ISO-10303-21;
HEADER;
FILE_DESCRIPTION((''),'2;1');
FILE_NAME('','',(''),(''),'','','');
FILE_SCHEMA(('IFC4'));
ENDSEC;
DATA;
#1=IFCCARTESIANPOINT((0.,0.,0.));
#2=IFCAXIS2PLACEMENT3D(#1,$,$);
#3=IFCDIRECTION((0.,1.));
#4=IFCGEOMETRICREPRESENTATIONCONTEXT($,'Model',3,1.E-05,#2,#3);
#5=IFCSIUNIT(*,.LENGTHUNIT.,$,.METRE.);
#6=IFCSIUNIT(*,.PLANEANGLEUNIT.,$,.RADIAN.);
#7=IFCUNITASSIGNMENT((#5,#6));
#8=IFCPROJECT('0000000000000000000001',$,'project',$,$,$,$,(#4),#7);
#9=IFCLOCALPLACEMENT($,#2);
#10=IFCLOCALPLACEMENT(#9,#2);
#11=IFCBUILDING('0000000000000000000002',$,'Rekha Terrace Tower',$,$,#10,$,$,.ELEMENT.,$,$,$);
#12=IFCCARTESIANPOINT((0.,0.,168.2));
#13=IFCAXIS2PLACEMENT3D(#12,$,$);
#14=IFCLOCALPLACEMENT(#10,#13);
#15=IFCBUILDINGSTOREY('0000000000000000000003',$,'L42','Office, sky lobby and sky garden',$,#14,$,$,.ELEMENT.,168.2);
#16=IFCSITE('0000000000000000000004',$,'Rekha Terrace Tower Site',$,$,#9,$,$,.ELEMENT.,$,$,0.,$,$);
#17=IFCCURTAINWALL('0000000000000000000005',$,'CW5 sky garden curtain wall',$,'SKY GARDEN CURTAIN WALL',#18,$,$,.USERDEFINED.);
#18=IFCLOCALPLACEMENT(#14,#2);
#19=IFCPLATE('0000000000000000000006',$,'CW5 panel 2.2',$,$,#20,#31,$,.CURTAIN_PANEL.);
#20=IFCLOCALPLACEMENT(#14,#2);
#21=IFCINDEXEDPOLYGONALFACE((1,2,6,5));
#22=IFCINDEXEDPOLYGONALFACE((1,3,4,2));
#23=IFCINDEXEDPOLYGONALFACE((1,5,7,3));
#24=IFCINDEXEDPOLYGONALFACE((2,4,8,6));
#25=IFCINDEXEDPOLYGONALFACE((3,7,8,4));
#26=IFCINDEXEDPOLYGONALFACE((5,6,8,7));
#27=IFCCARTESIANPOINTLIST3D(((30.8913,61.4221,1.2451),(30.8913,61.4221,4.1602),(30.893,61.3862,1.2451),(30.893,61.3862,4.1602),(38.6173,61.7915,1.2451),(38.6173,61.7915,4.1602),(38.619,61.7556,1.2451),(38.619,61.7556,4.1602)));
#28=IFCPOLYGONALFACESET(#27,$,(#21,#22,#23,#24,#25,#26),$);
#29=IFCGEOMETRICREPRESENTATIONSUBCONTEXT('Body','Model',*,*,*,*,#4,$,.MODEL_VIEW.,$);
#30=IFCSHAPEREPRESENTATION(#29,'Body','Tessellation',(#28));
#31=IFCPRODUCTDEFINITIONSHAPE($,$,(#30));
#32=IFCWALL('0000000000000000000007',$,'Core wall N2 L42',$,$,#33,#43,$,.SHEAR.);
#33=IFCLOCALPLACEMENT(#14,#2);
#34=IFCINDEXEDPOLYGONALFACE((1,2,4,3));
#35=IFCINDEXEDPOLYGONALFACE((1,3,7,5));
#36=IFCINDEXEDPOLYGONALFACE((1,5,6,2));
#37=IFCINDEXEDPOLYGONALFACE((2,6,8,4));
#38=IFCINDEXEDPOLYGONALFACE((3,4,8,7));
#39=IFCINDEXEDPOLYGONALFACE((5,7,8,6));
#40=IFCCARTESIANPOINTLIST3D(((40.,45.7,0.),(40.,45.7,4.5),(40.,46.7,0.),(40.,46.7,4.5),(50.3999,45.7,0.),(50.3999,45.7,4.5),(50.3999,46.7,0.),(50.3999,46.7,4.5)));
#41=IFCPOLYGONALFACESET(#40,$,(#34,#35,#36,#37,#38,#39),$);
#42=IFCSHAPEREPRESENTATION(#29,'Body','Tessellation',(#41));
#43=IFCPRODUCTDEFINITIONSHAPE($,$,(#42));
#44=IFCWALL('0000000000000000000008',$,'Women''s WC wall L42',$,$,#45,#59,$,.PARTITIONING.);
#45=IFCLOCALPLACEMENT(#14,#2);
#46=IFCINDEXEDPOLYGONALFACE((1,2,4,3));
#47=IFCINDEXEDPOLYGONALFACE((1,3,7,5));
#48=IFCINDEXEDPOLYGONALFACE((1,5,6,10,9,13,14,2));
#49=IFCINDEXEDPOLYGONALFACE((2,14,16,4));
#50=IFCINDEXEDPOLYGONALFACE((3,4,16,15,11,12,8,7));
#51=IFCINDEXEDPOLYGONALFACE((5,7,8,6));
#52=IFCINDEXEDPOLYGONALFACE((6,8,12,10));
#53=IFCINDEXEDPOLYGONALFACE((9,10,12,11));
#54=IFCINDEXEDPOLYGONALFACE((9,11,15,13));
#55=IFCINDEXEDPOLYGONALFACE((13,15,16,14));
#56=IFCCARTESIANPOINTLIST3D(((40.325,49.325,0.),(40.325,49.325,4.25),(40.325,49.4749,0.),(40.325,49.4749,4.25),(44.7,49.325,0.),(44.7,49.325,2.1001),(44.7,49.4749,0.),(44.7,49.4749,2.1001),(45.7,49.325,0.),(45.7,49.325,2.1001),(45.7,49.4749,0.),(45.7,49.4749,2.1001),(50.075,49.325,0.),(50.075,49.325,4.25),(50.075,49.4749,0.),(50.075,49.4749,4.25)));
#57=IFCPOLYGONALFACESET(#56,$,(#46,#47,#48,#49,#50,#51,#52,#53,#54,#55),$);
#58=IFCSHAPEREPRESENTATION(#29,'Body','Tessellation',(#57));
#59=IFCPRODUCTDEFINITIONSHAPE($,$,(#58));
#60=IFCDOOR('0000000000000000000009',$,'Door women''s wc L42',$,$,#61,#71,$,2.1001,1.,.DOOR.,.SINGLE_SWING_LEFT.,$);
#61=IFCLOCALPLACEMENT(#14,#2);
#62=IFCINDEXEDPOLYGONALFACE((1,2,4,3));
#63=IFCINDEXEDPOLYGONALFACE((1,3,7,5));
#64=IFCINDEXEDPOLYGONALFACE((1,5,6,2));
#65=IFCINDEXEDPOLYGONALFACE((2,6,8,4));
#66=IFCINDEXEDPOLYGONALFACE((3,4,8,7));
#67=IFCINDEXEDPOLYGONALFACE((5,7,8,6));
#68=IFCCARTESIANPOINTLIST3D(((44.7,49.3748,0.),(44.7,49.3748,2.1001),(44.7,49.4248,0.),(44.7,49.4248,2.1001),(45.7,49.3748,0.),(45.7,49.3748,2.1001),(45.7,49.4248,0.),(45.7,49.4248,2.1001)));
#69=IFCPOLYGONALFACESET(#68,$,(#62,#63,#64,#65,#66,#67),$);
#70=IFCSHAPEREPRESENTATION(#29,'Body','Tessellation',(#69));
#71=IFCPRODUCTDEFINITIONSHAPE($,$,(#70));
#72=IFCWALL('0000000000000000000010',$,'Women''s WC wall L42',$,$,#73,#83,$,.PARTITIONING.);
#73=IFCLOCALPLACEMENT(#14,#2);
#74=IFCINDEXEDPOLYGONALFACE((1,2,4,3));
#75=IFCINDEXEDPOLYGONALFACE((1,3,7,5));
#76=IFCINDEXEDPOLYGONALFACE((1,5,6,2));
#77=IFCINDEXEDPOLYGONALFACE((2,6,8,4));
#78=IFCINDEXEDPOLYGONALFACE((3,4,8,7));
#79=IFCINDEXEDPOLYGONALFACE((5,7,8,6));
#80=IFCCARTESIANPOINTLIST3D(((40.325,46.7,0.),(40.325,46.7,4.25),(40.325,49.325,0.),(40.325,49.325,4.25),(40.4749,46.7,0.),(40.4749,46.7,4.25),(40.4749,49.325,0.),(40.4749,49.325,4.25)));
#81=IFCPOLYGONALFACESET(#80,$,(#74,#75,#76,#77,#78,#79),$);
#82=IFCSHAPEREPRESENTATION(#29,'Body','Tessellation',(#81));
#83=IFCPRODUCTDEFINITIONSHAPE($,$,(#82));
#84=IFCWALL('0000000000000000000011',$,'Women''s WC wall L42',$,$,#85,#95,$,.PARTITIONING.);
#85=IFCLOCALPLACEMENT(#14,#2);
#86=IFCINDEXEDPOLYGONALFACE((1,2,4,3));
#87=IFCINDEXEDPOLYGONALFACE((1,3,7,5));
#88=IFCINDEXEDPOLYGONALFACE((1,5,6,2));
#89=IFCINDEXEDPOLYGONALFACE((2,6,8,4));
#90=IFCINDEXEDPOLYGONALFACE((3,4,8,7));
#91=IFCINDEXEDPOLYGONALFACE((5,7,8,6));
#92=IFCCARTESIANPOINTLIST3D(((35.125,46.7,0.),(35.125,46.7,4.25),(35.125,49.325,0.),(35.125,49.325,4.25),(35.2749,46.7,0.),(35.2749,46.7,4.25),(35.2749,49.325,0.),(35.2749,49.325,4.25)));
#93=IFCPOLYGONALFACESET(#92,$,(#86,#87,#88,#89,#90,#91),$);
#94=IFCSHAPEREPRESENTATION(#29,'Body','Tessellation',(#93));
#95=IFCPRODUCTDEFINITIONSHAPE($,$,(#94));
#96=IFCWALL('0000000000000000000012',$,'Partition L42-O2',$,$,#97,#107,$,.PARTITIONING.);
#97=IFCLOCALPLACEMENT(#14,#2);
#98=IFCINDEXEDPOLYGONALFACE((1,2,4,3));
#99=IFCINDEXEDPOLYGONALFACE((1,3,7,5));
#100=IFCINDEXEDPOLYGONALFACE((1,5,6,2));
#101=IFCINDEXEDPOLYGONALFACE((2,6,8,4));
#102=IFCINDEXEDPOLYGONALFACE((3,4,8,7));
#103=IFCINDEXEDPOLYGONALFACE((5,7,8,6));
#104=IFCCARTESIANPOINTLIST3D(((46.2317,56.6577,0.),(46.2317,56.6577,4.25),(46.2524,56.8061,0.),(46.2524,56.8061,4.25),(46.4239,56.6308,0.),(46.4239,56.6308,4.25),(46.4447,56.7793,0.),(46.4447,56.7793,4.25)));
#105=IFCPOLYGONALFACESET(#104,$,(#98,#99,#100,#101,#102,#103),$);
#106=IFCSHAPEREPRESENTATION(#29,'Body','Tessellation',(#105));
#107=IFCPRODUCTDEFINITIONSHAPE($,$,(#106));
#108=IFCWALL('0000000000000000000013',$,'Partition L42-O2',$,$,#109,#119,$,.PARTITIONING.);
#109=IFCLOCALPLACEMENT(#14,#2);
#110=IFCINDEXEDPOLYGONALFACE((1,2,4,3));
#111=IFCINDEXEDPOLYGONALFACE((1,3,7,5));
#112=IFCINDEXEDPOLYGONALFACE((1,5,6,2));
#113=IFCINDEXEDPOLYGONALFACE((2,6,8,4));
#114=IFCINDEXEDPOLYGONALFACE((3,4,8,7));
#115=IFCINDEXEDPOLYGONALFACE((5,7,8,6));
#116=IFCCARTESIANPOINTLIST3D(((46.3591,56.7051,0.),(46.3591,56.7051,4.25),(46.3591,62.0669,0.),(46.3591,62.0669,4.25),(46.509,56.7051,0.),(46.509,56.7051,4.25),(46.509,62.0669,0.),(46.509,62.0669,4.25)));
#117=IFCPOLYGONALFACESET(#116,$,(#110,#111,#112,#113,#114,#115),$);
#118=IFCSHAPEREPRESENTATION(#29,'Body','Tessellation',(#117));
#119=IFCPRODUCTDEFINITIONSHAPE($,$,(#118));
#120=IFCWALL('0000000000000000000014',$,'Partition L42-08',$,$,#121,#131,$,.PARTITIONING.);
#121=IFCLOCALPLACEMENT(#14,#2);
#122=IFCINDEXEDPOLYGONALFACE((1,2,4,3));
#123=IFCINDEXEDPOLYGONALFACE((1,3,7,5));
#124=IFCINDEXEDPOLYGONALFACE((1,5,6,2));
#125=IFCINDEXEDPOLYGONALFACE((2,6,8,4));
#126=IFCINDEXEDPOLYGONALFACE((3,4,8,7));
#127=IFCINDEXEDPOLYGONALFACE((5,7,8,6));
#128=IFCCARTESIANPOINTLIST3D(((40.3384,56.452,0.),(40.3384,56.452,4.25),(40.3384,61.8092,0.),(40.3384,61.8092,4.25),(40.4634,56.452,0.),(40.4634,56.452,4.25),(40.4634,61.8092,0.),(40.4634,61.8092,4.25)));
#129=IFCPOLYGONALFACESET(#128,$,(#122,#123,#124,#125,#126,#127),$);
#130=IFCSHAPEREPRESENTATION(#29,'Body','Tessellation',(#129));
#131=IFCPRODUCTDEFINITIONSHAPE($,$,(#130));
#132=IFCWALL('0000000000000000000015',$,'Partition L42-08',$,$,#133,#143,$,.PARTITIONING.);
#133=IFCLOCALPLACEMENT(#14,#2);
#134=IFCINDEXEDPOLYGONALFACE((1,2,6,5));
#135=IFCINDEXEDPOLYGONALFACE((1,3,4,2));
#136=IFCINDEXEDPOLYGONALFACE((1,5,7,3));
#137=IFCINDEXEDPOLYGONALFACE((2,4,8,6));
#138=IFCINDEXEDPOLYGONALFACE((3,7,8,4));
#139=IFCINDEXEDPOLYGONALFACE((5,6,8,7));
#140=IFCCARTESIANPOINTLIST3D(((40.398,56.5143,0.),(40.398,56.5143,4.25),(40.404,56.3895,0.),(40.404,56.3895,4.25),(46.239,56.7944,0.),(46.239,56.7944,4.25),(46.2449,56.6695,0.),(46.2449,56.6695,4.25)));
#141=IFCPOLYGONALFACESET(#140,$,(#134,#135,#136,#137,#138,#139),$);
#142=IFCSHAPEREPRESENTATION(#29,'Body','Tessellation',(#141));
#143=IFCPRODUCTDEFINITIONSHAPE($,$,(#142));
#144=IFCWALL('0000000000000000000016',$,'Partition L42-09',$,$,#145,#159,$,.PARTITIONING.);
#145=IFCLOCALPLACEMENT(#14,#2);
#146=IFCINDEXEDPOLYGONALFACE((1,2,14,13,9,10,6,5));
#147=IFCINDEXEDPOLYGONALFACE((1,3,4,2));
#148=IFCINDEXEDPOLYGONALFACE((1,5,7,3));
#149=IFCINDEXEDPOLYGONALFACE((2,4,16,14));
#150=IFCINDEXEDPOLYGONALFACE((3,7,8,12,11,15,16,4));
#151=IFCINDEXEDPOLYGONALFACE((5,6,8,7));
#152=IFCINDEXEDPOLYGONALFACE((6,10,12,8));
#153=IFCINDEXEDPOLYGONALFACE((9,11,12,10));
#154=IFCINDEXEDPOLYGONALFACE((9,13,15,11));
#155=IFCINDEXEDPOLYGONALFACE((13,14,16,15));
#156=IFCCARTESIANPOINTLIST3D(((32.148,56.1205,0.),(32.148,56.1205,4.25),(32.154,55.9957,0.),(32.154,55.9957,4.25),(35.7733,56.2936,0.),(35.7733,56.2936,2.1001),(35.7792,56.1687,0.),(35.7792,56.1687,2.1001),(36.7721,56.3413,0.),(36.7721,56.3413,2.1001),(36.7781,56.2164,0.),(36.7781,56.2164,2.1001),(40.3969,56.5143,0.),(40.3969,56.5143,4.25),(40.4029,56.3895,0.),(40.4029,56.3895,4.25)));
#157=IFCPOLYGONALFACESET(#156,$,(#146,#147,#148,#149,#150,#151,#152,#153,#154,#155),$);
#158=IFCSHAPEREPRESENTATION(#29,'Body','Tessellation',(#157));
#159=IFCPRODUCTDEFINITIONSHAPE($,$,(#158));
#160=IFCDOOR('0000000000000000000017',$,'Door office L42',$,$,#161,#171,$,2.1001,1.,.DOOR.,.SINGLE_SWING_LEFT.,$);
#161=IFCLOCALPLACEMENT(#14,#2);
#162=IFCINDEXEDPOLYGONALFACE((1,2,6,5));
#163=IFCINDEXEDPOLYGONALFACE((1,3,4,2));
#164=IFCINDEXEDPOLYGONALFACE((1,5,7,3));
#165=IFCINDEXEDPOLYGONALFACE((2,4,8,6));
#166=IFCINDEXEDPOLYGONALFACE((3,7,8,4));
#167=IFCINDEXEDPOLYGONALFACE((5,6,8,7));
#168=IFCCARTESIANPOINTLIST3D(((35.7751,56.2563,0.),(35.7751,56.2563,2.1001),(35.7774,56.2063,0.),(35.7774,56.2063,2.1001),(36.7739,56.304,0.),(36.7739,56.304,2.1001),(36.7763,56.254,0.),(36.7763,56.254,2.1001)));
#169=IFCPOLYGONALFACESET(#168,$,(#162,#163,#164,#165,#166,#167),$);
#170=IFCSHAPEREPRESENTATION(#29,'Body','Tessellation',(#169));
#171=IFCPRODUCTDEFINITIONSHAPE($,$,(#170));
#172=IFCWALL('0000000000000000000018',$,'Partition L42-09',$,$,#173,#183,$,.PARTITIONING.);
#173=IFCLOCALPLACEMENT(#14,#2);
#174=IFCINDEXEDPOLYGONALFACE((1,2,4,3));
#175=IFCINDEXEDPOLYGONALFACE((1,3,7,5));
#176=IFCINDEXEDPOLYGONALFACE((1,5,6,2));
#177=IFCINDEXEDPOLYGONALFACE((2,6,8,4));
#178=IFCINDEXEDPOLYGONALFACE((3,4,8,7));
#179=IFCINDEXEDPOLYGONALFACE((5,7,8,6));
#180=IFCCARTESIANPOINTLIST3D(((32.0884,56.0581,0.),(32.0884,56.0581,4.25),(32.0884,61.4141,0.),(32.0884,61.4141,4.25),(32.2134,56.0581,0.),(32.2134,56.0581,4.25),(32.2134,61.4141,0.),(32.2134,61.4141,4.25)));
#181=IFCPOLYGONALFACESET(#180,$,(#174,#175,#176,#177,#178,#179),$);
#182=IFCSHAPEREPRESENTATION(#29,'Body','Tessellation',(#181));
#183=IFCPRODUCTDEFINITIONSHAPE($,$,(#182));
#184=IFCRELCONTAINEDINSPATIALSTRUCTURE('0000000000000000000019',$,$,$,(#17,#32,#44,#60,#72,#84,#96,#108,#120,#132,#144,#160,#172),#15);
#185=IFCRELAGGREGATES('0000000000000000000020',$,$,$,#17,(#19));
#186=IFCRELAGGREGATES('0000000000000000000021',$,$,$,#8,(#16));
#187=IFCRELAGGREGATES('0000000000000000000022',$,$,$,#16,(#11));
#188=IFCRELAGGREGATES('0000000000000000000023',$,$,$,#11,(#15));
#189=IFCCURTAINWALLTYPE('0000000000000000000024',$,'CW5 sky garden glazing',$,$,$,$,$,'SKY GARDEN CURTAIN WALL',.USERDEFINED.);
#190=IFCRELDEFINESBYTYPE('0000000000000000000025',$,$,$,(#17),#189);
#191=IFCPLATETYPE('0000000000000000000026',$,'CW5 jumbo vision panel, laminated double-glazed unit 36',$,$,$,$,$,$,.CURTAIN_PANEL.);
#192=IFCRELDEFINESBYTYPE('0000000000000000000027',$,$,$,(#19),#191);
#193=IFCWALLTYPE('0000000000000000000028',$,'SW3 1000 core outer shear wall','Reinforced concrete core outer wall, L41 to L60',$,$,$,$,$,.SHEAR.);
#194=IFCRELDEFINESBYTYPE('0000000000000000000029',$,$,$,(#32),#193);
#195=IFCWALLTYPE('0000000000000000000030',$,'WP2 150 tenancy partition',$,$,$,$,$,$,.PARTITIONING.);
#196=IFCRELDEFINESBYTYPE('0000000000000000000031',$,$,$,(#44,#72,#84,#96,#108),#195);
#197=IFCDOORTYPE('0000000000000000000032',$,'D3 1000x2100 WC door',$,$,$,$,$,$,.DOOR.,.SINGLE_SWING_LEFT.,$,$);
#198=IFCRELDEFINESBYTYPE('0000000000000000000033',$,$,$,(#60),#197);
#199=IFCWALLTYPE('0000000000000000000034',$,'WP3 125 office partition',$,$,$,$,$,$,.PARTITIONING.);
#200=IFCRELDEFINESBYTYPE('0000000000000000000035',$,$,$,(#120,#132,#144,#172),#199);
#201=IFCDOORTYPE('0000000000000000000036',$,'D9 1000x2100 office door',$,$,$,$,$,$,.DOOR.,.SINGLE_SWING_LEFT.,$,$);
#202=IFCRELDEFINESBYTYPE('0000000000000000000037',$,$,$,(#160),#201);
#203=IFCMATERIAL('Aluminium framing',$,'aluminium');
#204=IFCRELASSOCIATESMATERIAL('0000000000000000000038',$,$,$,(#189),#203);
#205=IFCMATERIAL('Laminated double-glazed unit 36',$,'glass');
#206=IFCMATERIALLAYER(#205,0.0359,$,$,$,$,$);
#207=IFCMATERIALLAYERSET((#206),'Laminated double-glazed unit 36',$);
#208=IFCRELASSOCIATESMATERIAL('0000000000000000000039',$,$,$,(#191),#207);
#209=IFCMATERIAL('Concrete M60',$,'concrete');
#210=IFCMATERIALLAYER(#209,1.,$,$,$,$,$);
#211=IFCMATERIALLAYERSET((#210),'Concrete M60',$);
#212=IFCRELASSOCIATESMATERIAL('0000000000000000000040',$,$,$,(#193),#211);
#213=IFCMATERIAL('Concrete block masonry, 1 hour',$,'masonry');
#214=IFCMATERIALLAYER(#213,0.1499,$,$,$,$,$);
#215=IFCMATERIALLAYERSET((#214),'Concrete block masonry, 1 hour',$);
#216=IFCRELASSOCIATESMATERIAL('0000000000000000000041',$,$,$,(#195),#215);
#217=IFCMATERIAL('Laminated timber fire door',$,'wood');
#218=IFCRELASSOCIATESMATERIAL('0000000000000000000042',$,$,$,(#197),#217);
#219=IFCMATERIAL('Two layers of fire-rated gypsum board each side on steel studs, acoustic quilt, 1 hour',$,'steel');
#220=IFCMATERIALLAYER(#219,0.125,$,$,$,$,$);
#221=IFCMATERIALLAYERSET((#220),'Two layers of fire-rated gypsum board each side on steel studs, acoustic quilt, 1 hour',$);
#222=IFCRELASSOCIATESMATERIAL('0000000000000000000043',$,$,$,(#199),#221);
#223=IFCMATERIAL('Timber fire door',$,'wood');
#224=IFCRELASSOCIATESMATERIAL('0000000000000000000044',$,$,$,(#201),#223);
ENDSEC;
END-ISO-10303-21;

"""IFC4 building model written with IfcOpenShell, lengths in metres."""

from ifc_helpers import new_model, si_unit, direction, frame, frame_2d, origin, origin_2d, place, context, subcontext, project, spatial, rectangle, extrude, material, layer, layer_set, type_object, element, fill, aggregate, save


model = new_model("IFC4")

# Units and contexts
model_context = context("Model", 3, precision=1e-05, world=origin(), true_north=direction((0.0, 1.0)))
body_context = subcontext(model_context, "Body", "Model", "MODEL_VIEW")
ifc_project = project(units=[si_unit("LENGTHUNIT", "METRE"), si_unit("PLANEANGLEUNIT", "RADIAN")], contexts=[model_context])

# Site, building, storey
site_placement = place(None, origin())
site = spatial("IfcSite", under=ifc_project, at=site_placement, Name="Rekha Terrace Tower Site", CompositionType="ELEMENT", RefElevation=0.0)
building_placement = place(site_placement, origin())
building = spatial("IfcBuilding", under=site, at=building_placement, Name="Rekha Terrace Tower", CompositionType="ELEMENT")
storey_placement = place(building_placement, frame((0.0, 0.0, 168.2)))
storey = spatial("IfcBuildingStorey", under=building, at=storey_placement, Name="L42", Description="Office, sky lobby and sky garden", CompositionType="ELEMENT", Elevation=168.2)

# Curtain wall
ifc_material_1 = material(Name="Aluminium framing", Category="aluminium")
curtain_wall_type = type_object("IfcCurtainWallType", Name="CW5 sky garden glazing", ElementType="SKY GARDEN CURTAIN WALL", PredefinedType="USERDEFINED", material=ifc_material_1)
curtain_wall_placement = place(storey_placement, origin())
curtain_wall = element("IfcCurtainWall", 1, at=curtain_wall_placement, inside=storey, type_object=curtain_wall_type, Name="CW5 sky garden curtain wall", ObjectType="SKY GARDEN CURTAIN WALL", PredefinedType="USERDEFINED")

# Shared definitions
ifc_material_2 = material(Name="Concrete M60", Category="concrete")

# Plate
ifc_material_3 = material(Name="Laminated double-glazed unit 36", Category="glass")
ifc_layer_1 = layer(ifc_material_3, 0.0359)
ifc_layer_set_1 = layer_set([ifc_layer_1], Name="Laminated double-glazed unit 36")
plate_type = type_object("IfcPlateType", Name="CW5 jumbo vision panel, laminated double-glazed unit 36", PredefinedType="CURTAIN_PANEL", material=ifc_layer_set_1)
plate_1_placement = place(storey_placement, frame((34.7551, 61.5889, 1.2451), z_axis=(0.0, 0.0, 1.0), x_axis=(-0.998859, -0.047759, 0.0)))
plate_1 = element("IfcPlate", 2, at=plate_1_placement, type_object=plate_type, Name="CW5 panel 2.2", PredefinedType="CURTAIN_PANEL", context=body_context, shape_type="SweptSolid", body=[
    extrude(rectangle(XDim=7.7349, YDim=0.0359, at=origin_2d()), origin(), (0.0, 0.0, 1.0), 2.915),
])
aggregate(curtain_wall, [plate_1])

# Wall
ifc_layer_2 = layer(ifc_material_2, 1.0)
ifc_layer_set_2 = layer_set([ifc_layer_2], Name="Concrete M60")
wall_type_1 = type_object("IfcWallType", Name="SW3 1000 core outer shear wall", Description="Reinforced concrete core outer wall, L41 to L60", PredefinedType="SHEAR", material=ifc_layer_set_2)
wall_1_placement = place(storey_placement, frame((40.0, 46.2, 0.0), z_axis=(0.0, 0.0, 1.0), x_axis=(1.0, 0.0, 0.0)))
element("IfcWall", 3, at=wall_1_placement, inside=storey, type_object=wall_type_1, Name="Core wall N2 L42", PredefinedType="SHEAR", context=body_context, shape_type="SweptSolid", body=[
    extrude(rectangle(XDim=10.3999, YDim=1.0, at=frame_2d((5.2, 0.0))), origin(), (0.0, 0.0, 1.0), 4.5),
])

# Wall, opening, door
ifc_material_4 = material(Name="Concrete block masonry, 1 hour", Category="masonry")
ifc_layer_3 = layer(ifc_material_4, 0.1499)
ifc_layer_set_3 = layer_set([ifc_layer_3], Name="Concrete block masonry, 1 hour")
wall_type_2 = type_object("IfcWallType", Name="WP2 150 tenancy partition", PredefinedType="PARTITIONING", material=ifc_layer_set_3)
wall_2_placement = place(storey_placement, frame((40.325, 49.3999, 0.0), z_axis=(0.0, 0.0, 1.0), x_axis=(1.0, 0.0, 0.0)))
wall_2 = element("IfcWall", 4, at=wall_2_placement, inside=storey, type_object=wall_type_2, Name="Women's WC wall L42", PredefinedType="PARTITIONING", context=body_context, shape_type="SweptSolid", body=[
    extrude(rectangle(XDim=9.75, YDim=0.1499, at=frame_2d((4.875, 0.0))), origin(), (0.0, 0.0, 1.0), 4.25),
])
opening_1_placement = place(wall_2_placement, frame((4.375, 0.0, 0.0)))
opening_1 = element("IfcOpeningElement", 5, at=opening_1_placement, cuts=wall_2, PredefinedType="OPENING", context=body_context, shape_type="SweptSolid", body=[
    extrude(rectangle(XDim=1.0, YDim=2.1001, at=frame_2d((0.5, 1.05))), frame((0.0, 0.085, 0.0), z_axis=(0.0, -1.0, 0.0), x_axis=(1.0, 0.0, 0.0)), (0.0, 0.0, 1.0), 0.1699),
])
ifc_material_5 = material(Name="Laminated timber fire door", Category="wood")
door_type_1 = type_object("IfcDoorType", Name="D3 1000x2100 WC door", OperationType="SINGLE_SWING_LEFT", PredefinedType="DOOR", material=ifc_material_5)
door_1_placement = place(opening_1_placement, origin())
door_1 = element("IfcDoor", 6, at=door_1_placement, inside=storey, type_object=door_type_1, Name="Door women's wc L42", OperationType="SINGLE_SWING_LEFT", OverallHeight=2.1001, OverallWidth=1.0, PredefinedType="DOOR", context=body_context, shape_type="SweptSolid", body=[
    extrude(rectangle(XDim=1.0, YDim=2.1001, at=frame_2d((0.5, 1.05))), frame((0.0, 0.0249, 0.0), z_axis=(0.0, -1.0, 0.0), x_axis=(1.0, 0.0, 0.0)), (0.0, 0.0, 1.0), 0.05),
])
fill(opening_1, door_1)

# Walls
for number, where, z_axis, x_axis, name in (
    (7, (40.3999, 46.7, 0.0), (0.0, 0.0, 1.0), (0.0, 1.0, 0.0), "Women's WC wall L42"),
    (8, (35.2, 46.7, 0.0), (0.0, 0.0, 1.0), (0.0, 1.0, 0.0), "Women's WC wall L42"),
):
    element("IfcWall", number, at=place(storey_placement, frame(where, z_axis=z_axis, x_axis=x_axis)), inside=storey, type_object=wall_type_2, Name=name, PredefinedType="PARTITIONING", context=body_context, shape_type="SweptSolid", body=[
        extrude(rectangle(XDim=2.625, YDim=0.1499, at=frame_2d((1.3125, 0.0))), origin(), (0.0, 0.0, 1.0), 4.25),
    ])
wall_3_placement = place(storey_placement, frame((46.2419, 56.7319, 0.0), z_axis=(0.0, 0.0, 1.0), x_axis=(0.990373, -0.138426, 0.0)))
element("IfcWall", 9, at=wall_3_placement, inside=storey, type_object=wall_type_2, Name="Partition L42-O2", PredefinedType="PARTITIONING", context=body_context, shape_type="SweptSolid", body=[
    extrude(rectangle(XDim=0.1941, YDim=0.1499, at=frame_2d((0.0972, 0.0))), origin(), (0.0, 0.0, 1.0), 4.25),
])
wall_4_placement = place(storey_placement, frame((46.4341, 56.7051, 0.0), z_axis=(0.0, 0.0, 1.0), x_axis=(0.0, 1.0, 0.0)))
element("IfcWall", 10, at=wall_4_placement, inside=storey, type_object=wall_type_2, Name="Partition L42-O2", PredefinedType="PARTITIONING", context=body_context, shape_type="SweptSolid", body=[
    extrude(rectangle(XDim=5.3618, YDim=0.1499, at=frame_2d((2.6809, 0.0))), origin(), (0.0, 0.0, 1.0), 4.25),
])
ifc_material_6 = material(Name="Two layers of fire-rated gypsum board each side on steel studs, acoustic quilt, 1 hour", Category="steel")
ifc_layer_4 = layer(ifc_material_6, 0.125)
ifc_layer_set_4 = layer_set([ifc_layer_4], Name="Two layers of fire-rated gypsum board each side on steel studs, acoustic quilt, 1 hour")
wall_type_3 = type_object("IfcWallType", Name="WP3 125 office partition", PredefinedType="PARTITIONING", material=ifc_layer_set_4)
wall_5_placement = place(storey_placement, frame((40.4009, 56.4519, 0.0), z_axis=(0.0, 0.0, 1.0), x_axis=(0.0, 1.0, 0.0)))
element("IfcWall", 11, at=wall_5_placement, inside=storey, type_object=wall_type_3, Name="Partition L42-08", PredefinedType="PARTITIONING", context=body_context, shape_type="SweptSolid", body=[
    extrude(rectangle(XDim=5.3572, YDim=0.125, at=frame_2d((2.6787, 0.0))), origin(), (0.0, 0.0, 1.0), 4.25),
])
wall_6_placement = place(storey_placement, frame((46.2419, 56.7319, 0.0), z_axis=(0.0, 0.0, 1.0), x_axis=(-0.998853, -0.047886, 0.0)))
element("IfcWall", 12, at=wall_6_placement, inside=storey, type_object=wall_type_3, Name="Partition L42-08", PredefinedType="PARTITIONING", context=body_context, shape_type="SweptSolid", body=[
    extrude(rectangle(XDim=5.8477, YDim=0.125, at=frame_2d((2.9238, 0.0))), origin(), (0.0, 0.0, 1.0), 4.25),
])

# Wall, opening, door
wall_7_placement = place(storey_placement, frame((40.3999, 56.4519, 0.0), z_axis=(0.0, 0.0, 1.0), x_axis=(-0.998862, -0.047685, 0.0)))
wall_7 = element("IfcWall", 13, at=wall_7_placement, inside=storey, type_object=wall_type_3, Name="Partition L42-09", PredefinedType="PARTITIONING", context=body_context, shape_type="SweptSolid", body=[
    extrude(rectangle(XDim=8.2583, YDim=0.125, at=frame_2d((4.1292, 0.0))), origin(), (0.0, 0.0, 1.0), 4.25),
])
opening_2_placement = place(wall_7_placement, frame((3.6289, 0.0, 0.0)))
opening_2 = element("IfcOpeningElement", 14, at=opening_2_placement, cuts=wall_7, PredefinedType="OPENING", context=body_context, shape_type="SweptSolid", body=[
    extrude(rectangle(XDim=1.0, YDim=2.1001, at=frame_2d((0.5, 1.05))), frame((0.0, 0.0725, 0.0), z_axis=(0.0, -1.0, 0.0), x_axis=(1.0, 0.0, 0.0)), (0.0, 0.0, 1.0), 0.145),
])
ifc_material_7 = material(Name="Timber fire door", Category="wood")
door_type_2 = type_object("IfcDoorType", Name="D9 1000x2100 office door", OperationType="SINGLE_SWING_LEFT", PredefinedType="DOOR", material=ifc_material_7)
door_2_placement = place(opening_2_placement, origin())
door_2 = element("IfcDoor", 15, at=door_2_placement, inside=storey, type_object=door_type_2, Name="Door office L42", OperationType="SINGLE_SWING_LEFT", OverallHeight=2.1001, OverallWidth=1.0, PredefinedType="DOOR", context=body_context, shape_type="SweptSolid", body=[
    extrude(rectangle(XDim=1.0, YDim=2.1001, at=frame_2d((0.5, 1.05))), frame((0.0, 0.0249, 0.0), z_axis=(0.0, -1.0, 0.0), x_axis=(1.0, 0.0, 0.0)), (0.0, 0.0, 1.0), 0.05),
])
fill(opening_2, door_2)

# Wall
wall_8_placement = place(storey_placement, frame((32.1509, 56.0581, 0.0), z_axis=(0.0, 0.0, 1.0), x_axis=(0.0, 1.0, 0.0)))
element("IfcWall", 16, at=wall_8_placement, inside=storey, type_object=wall_type_3, Name="Partition L42-09", PredefinedType="PARTITIONING", context=body_context, shape_type="SweptSolid", body=[
    extrude(rectangle(XDim=5.356, YDim=0.125, at=frame_2d((2.678, 0.0))), origin(), (0.0, 0.0, 1.0), 4.25),
])

save(model, "model.ifc")
